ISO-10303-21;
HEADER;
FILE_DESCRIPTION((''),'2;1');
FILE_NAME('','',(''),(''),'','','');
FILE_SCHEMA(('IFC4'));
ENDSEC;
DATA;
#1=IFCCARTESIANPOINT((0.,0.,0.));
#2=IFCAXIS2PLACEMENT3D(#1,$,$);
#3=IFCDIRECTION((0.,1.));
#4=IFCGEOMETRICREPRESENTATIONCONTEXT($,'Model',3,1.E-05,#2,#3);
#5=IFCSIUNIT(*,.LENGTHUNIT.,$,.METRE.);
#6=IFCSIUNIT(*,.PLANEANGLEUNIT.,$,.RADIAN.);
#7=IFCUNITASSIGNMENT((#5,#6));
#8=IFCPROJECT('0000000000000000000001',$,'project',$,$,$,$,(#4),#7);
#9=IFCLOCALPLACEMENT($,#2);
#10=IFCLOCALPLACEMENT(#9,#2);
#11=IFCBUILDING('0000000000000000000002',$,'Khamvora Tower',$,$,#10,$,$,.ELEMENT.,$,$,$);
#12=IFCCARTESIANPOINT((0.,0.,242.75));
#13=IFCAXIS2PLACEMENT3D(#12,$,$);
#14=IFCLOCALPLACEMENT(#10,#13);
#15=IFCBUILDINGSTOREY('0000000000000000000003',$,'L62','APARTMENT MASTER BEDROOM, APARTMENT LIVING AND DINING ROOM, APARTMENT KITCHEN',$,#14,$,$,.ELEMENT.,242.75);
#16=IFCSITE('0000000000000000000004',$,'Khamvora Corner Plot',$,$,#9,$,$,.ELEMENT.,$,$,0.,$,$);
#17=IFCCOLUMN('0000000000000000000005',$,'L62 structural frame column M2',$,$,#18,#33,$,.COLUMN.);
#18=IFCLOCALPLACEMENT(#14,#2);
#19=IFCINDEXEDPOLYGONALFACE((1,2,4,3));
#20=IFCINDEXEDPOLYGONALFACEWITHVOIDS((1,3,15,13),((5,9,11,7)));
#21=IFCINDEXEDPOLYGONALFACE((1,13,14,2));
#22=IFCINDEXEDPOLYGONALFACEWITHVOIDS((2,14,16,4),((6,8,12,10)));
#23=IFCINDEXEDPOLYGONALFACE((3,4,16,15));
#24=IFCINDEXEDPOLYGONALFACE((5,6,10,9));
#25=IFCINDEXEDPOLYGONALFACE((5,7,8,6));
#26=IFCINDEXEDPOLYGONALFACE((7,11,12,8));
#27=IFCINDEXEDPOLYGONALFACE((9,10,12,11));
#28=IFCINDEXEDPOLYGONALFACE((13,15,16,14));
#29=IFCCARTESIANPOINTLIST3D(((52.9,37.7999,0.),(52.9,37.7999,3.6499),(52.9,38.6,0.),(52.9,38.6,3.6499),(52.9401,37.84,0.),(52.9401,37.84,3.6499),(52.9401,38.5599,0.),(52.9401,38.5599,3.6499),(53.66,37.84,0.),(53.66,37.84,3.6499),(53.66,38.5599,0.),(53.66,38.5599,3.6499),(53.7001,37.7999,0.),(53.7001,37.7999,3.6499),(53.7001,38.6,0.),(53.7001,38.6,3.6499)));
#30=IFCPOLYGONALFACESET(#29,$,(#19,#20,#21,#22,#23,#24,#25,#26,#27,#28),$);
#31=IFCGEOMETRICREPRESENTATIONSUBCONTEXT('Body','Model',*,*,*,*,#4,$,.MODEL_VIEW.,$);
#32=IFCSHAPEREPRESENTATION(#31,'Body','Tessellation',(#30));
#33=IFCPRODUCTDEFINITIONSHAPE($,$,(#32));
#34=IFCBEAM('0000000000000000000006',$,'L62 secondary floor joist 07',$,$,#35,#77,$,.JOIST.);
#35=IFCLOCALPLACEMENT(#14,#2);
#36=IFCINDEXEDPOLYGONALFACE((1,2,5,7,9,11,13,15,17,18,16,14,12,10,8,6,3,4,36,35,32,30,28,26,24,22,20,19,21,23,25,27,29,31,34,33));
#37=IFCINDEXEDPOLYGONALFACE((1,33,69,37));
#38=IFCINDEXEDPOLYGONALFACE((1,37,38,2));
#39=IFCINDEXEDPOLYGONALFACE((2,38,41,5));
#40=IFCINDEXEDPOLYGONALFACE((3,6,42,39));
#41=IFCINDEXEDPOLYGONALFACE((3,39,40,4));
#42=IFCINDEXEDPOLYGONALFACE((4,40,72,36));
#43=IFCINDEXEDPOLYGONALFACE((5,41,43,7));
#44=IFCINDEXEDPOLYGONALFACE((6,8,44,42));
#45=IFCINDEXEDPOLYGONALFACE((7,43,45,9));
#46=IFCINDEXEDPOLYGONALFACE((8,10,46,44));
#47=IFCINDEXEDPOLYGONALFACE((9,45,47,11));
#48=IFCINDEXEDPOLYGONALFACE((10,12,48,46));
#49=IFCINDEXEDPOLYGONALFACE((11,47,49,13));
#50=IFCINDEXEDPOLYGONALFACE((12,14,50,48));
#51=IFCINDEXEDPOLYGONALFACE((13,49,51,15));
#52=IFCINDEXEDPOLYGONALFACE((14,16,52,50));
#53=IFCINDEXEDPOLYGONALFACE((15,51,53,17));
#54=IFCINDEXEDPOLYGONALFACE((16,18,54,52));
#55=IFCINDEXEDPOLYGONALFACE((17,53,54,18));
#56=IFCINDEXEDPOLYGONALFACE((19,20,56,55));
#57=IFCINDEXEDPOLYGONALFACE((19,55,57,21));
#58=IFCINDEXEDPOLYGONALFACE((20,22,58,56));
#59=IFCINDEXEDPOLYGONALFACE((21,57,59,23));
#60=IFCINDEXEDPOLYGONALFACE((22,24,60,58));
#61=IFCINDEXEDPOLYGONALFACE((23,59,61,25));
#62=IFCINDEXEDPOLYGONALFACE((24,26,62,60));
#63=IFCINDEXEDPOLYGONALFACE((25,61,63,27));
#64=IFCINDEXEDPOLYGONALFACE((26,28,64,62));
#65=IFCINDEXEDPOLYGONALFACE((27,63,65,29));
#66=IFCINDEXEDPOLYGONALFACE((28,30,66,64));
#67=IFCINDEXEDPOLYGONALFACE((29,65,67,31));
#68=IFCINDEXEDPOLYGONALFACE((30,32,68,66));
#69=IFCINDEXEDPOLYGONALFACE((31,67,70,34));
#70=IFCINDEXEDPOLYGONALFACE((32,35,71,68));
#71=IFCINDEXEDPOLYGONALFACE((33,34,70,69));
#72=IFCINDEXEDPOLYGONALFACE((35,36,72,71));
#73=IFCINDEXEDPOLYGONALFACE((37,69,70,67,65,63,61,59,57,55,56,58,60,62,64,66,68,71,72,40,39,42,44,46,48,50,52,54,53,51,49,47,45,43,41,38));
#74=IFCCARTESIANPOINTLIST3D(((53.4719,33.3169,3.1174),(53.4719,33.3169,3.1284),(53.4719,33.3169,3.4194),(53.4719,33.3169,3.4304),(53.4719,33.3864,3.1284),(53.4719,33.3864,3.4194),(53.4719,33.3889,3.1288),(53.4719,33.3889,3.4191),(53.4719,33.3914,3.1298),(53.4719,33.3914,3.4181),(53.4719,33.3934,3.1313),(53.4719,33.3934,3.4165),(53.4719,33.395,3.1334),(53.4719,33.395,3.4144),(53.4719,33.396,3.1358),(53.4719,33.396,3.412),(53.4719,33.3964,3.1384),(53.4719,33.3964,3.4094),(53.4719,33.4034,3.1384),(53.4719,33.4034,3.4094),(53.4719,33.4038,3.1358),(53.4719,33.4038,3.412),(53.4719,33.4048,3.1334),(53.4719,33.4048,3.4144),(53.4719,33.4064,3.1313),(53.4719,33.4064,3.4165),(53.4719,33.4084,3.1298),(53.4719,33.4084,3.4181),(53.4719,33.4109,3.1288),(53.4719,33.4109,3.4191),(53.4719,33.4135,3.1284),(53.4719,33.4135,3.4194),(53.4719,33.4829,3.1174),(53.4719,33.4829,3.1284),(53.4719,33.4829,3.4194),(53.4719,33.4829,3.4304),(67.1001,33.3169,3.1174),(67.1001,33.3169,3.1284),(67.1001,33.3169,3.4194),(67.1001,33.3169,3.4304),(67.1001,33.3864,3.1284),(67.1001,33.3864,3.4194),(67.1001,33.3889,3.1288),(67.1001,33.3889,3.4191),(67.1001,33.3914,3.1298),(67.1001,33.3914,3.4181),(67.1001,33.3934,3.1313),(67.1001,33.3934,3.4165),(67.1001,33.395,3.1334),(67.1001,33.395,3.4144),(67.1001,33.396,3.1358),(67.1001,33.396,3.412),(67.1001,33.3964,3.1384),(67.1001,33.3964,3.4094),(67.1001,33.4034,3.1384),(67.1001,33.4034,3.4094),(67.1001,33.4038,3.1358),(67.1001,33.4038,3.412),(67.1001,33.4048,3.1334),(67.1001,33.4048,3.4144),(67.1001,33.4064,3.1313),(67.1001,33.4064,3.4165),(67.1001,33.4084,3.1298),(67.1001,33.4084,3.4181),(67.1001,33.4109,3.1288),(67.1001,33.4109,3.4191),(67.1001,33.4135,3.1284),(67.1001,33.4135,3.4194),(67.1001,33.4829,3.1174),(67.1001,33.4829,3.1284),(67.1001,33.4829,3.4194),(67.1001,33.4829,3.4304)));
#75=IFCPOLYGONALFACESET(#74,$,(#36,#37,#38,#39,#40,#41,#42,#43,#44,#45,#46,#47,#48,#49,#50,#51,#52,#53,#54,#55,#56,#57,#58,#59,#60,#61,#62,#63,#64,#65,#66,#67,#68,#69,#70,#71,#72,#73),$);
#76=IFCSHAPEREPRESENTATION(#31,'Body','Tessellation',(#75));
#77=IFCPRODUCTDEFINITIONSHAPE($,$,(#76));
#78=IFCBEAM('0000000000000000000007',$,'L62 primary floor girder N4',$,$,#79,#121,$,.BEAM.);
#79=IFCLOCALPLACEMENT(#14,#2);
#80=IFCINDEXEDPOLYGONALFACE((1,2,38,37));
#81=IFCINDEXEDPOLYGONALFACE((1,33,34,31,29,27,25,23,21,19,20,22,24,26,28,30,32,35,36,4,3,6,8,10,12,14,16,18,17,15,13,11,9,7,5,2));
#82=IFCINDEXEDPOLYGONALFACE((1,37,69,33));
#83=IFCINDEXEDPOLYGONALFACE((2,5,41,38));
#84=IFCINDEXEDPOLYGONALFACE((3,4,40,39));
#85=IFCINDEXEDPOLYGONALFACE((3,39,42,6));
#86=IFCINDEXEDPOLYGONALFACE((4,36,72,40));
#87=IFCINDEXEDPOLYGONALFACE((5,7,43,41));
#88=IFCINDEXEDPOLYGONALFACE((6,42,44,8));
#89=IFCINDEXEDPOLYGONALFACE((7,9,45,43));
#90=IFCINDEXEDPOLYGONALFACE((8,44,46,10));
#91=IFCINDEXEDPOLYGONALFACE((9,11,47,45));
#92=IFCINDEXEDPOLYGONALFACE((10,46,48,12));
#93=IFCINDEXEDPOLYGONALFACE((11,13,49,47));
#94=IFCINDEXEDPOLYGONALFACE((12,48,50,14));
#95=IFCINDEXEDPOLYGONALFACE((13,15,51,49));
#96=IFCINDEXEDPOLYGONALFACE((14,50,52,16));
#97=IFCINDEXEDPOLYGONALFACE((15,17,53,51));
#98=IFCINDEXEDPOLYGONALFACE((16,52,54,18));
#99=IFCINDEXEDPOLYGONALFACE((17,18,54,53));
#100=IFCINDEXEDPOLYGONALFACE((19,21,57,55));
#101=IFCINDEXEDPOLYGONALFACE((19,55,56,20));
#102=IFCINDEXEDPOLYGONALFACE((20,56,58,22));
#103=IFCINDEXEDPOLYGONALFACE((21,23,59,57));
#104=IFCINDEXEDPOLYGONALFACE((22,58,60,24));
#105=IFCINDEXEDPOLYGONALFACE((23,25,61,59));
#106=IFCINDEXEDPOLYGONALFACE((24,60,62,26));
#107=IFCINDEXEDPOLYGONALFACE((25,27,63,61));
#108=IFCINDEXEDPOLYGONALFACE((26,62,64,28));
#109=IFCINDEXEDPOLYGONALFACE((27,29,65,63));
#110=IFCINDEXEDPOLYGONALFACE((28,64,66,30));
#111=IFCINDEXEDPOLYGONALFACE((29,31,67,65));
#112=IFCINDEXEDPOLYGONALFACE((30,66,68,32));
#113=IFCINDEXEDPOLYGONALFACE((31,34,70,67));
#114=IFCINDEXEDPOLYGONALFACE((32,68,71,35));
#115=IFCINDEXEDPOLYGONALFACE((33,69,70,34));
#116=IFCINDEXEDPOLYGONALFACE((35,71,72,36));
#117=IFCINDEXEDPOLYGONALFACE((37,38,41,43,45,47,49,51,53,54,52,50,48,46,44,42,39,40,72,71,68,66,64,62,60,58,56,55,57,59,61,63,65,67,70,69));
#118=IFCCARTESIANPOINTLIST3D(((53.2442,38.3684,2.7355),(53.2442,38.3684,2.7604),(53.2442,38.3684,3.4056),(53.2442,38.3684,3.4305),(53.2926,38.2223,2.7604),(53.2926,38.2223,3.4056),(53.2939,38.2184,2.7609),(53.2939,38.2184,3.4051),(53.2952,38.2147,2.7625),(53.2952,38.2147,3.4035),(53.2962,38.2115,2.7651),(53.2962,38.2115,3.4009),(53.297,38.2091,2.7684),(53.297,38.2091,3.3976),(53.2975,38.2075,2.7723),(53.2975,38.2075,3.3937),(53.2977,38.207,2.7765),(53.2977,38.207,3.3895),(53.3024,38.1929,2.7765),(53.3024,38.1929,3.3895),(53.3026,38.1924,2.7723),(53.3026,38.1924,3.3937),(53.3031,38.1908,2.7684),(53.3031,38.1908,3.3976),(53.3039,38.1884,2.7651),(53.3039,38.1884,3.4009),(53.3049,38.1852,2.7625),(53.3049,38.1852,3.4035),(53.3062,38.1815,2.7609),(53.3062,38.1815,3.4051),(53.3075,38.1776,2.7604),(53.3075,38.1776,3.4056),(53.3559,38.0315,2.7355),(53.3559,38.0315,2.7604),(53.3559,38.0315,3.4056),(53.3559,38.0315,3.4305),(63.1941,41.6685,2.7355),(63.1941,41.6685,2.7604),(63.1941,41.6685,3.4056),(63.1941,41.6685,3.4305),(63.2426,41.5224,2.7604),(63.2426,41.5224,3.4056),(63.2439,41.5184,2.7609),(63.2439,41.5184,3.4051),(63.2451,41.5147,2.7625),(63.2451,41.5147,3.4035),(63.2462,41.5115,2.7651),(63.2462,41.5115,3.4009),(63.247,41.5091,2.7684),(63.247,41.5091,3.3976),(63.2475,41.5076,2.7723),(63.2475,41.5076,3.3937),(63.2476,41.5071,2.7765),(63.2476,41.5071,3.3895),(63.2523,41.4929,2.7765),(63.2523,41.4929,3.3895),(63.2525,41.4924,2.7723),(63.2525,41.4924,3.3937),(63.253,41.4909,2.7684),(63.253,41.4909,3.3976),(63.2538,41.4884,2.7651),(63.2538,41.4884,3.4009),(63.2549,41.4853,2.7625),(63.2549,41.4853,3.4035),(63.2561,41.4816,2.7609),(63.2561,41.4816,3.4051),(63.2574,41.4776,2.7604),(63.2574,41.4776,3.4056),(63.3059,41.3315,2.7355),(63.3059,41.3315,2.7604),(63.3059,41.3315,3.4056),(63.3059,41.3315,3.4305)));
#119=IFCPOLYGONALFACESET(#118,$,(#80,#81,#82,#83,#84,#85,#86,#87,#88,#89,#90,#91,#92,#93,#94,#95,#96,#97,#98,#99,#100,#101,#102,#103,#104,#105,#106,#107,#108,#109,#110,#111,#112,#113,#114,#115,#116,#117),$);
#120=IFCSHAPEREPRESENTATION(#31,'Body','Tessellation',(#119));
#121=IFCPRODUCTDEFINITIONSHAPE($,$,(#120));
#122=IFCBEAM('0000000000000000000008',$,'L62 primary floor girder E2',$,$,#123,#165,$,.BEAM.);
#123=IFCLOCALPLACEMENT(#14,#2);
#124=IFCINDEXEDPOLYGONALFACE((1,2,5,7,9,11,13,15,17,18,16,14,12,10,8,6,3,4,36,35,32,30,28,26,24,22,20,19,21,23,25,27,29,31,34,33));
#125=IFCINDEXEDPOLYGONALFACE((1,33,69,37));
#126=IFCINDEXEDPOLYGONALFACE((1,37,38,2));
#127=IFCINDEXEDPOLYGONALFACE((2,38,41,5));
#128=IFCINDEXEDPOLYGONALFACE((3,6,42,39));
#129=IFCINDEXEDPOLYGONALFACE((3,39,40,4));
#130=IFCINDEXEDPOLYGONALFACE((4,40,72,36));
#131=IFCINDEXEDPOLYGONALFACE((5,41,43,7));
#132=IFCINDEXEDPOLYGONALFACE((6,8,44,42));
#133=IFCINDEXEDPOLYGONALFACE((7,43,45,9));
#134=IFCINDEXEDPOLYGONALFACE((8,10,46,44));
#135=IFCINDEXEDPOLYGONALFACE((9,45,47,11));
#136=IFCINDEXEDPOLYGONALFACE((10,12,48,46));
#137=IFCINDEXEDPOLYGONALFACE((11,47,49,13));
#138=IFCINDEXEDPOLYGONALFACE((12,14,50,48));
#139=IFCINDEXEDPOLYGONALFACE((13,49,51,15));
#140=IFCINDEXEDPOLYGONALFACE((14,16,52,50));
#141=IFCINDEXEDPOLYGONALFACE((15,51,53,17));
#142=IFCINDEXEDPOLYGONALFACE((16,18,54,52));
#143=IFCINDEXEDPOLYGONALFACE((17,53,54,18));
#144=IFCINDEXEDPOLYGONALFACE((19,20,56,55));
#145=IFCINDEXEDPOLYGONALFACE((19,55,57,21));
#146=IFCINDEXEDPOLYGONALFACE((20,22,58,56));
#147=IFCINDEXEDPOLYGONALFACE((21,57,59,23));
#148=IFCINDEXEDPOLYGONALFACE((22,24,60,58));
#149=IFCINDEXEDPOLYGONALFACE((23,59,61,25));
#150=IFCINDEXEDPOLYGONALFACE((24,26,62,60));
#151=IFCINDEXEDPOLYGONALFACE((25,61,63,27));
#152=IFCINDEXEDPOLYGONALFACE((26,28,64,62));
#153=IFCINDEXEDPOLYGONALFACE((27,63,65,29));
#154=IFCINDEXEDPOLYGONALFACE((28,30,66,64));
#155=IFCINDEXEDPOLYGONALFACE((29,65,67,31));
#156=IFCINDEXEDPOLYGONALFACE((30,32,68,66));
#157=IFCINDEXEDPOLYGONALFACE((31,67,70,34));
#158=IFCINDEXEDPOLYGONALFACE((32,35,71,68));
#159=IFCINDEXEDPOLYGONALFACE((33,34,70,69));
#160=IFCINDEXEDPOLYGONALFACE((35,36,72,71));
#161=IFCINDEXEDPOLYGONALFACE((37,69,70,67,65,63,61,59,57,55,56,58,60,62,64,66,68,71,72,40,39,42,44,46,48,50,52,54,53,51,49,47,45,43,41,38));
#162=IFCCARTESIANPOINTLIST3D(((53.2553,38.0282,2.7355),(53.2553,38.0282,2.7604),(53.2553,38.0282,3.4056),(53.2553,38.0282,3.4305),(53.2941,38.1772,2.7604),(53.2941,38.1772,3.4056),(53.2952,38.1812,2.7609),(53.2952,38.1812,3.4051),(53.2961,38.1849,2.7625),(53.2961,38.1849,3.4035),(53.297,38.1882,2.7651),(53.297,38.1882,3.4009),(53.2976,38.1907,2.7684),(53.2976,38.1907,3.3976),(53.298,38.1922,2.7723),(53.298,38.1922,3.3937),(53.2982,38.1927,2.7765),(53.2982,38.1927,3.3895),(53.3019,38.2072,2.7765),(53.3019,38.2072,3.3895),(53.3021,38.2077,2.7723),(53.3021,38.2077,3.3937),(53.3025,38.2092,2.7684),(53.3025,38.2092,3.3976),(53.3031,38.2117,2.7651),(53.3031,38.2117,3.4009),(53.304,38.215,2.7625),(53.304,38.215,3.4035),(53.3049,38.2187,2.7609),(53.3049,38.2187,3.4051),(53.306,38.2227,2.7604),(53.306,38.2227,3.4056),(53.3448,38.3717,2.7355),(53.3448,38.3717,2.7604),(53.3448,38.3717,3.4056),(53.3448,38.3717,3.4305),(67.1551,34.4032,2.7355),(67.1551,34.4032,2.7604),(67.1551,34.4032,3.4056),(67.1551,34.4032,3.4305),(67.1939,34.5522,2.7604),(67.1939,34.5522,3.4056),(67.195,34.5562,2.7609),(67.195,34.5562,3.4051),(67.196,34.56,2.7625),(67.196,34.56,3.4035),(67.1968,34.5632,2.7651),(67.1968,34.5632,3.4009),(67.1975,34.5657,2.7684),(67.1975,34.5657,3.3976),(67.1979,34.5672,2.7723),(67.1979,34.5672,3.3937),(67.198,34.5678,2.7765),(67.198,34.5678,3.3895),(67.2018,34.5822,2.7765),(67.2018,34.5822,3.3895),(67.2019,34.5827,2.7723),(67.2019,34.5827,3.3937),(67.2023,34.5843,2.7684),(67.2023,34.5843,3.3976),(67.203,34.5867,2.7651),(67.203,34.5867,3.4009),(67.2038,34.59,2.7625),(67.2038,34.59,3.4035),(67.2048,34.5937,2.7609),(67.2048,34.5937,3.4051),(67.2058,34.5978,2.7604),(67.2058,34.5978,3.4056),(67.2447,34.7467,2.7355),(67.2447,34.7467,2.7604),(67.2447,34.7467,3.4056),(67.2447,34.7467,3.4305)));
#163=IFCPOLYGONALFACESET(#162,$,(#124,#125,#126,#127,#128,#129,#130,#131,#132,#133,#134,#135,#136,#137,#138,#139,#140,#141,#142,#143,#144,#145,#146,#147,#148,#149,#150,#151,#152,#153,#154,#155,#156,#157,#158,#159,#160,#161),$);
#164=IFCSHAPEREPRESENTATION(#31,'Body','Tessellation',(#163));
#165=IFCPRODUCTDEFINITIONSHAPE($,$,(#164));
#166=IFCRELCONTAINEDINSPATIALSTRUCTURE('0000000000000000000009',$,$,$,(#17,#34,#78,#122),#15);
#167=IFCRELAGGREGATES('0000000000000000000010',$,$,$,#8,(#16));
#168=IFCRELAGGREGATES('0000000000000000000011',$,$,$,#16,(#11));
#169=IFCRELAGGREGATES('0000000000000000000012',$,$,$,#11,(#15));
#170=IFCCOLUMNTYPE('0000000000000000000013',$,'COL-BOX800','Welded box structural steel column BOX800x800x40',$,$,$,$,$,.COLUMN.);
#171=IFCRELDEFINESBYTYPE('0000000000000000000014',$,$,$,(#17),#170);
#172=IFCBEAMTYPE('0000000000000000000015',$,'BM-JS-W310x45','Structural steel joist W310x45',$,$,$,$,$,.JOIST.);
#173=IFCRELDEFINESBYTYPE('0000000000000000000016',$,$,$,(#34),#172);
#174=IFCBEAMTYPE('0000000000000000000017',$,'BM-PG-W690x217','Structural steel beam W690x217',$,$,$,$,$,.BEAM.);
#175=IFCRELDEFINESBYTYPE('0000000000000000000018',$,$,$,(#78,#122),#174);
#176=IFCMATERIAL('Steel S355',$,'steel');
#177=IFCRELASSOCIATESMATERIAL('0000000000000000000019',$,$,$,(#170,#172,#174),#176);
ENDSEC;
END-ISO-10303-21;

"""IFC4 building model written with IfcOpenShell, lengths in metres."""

from ifc_helpers import new_model, si_unit, direction, frame, origin, origin_2d, place, context, subcontext, project, spatial, hollow_rectangle, i_section, extrude, material, material_profile, profile_set, type_object, element, save


model = new_model("IFC4")

# Units and contexts
model_context = context("Model", 3, precision=1e-05, world=origin(), true_north=direction((0.0, 1.0)))
body_context = subcontext(model_context, "Body", "Model", "MODEL_VIEW")
ifc_project = project(units=[si_unit("LENGTHUNIT", "METRE"), si_unit("PLANEANGLEUNIT", "RADIAN")], contexts=[model_context])

# Site, building, storey
site_placement = place(None, origin())
site = spatial("IfcSite", under=ifc_project, at=site_placement, Name="Khamvora Corner Plot", CompositionType="ELEMENT", RefElevation=0.0)
building_placement = place(site_placement, origin())
building = spatial("IfcBuilding", under=site, at=building_placement, Name="Khamvora Tower", CompositionType="ELEMENT")
storey_placement = place(building_placement, frame((0.0, 0.0, 242.75)))
storey = spatial("IfcBuildingStorey", under=building, at=storey_placement, Name="L62", Description="APARTMENT MASTER BEDROOM, APARTMENT LIVING AND DINING ROOM, APARTMENT KITCHEN", CompositionType="ELEMENT", Elevation=242.75)

# Column
ifc_material_1 = material(Name="Steel S355", Category="steel")
ifc_material_profile_1 = material_profile(ifc_material_1, hollow_rectangle(XDim=0.8, YDim=0.8, WallThickness=0.04, at=origin_2d()), Name="BOX800x800x40")
ifc_profile_set_1 = profile_set([ifc_material_profile_1], Name="Steel S355")
column_type = type_object("IfcColumnType", Name="COL-BOX800", Description="Welded box structural steel column BOX800x800x40", PredefinedType="COLUMN", material=ifc_profile_set_1)
column_placement = place(storey_placement, frame((53.3, 38.2, 0.0), z_axis=(0.0, 0.0, 1.0), x_axis=(1.0, 0.0, 0.0)))
element("IfcColumn", 1, at=column_placement, inside=storey, type_object=column_type, Name="L62 structural frame column M2", PredefinedType="COLUMN", context=body_context, shape_type="SweptSolid", body=[
    extrude(hollow_rectangle(XDim=0.8, YDim=0.8, WallThickness=0.04, at=origin_2d()), origin(), (0.0, 0.0, 1.0), 3.6499),
])

# Beams
ifc_material_profile_2 = material_profile(ifc_material_1, i_section(OverallWidth=0.166, OverallDepth=0.313, WebThickness=0.0071, FlangeThickness=0.011, FilletRadius=0.01, at=origin_2d()), Name="W310x45")
ifc_profile_set_2 = profile_set([ifc_material_profile_2], Name="Steel S355")
beam_type_1 = type_object("IfcBeamType", Name="BM-JS-W310x45", Description="Structural steel joist W310x45", PredefinedType="JOIST", material=ifc_profile_set_2)
beam_1_placement = place(storey_placement, frame((53.4719, 33.3999, 3.2739), z_axis=(1.0, 0.0, 0.0), x_axis=(0.0, 1.0, 0.0)))
element("IfcBeam", 2, at=beam_1_placement, inside=storey, type_object=beam_type_1, Name="L62 secondary floor joist 07", PredefinedType="JOIST", context=body_context, shape_type="SweptSolid", body=[
    extrude(i_section(OverallWidth=0.166, OverallDepth=0.313, WebThickness=0.0071, FlangeThickness=0.011, FilletRadius=0.01, at=origin_2d()), origin(), (0.0, 0.0, 1.0), 13.6282),
])
ifc_material_profile_3 = material_profile(ifc_material_1, i_section(OverallWidth=0.355, OverallDepth=0.6951, WebThickness=0.0149, FlangeThickness=0.0249, FilletRadius=0.0161, at=origin_2d()), Name="W690x217")
ifc_profile_set_3 = profile_set([ifc_material_profile_3], Name="Steel S355")
beam_type_2 = type_object("IfcBeamType", Name="BM-PG-W690x217", Description="Structural steel beam W690x217", PredefinedType="BEAM", material=ifc_profile_set_3)
beam_2_placement = place(storey_placement, frame((53.3, 38.2, 3.083), z_axis=(0.949157, 0.314802, 0.0), x_axis=(-0.314802, 0.949157, 0.0)))
element("IfcBeam", 3, at=beam_2_placement, inside=storey, type_object=beam_type_2, Name="L62 primary floor girder N4", PredefinedType="BEAM", context=body_context, shape_type="SweptSolid", body=[
    extrude(i_section(OverallWidth=0.355, OverallDepth=0.6951, WebThickness=0.0149, FlangeThickness=0.0249, FilletRadius=0.0161, at=origin_2d()), origin(), (0.0, 0.0, 1.0), 10.4829),
])
beam_3_placement = place(storey_placement, frame((53.3, 38.2, 3.083), z_axis=(0.967635, -0.252353, 0.0), x_axis=(0.252353, 0.967635, 0.0)))
element("IfcBeam", 4, at=beam_3_placement, inside=storey, type_object=beam_type_2, Name="L62 primary floor girder E2", PredefinedType="BEAM", context=body_context, shape_type="SweptSolid", body=[
    extrude(i_section(OverallWidth=0.355, OverallDepth=0.6951, WebThickness=0.0149, FlangeThickness=0.0249, FilletRadius=0.0161, at=origin_2d()), origin(), (0.0, 0.0, 1.0), 14.3647),
])

save(model, "model.ifc")
